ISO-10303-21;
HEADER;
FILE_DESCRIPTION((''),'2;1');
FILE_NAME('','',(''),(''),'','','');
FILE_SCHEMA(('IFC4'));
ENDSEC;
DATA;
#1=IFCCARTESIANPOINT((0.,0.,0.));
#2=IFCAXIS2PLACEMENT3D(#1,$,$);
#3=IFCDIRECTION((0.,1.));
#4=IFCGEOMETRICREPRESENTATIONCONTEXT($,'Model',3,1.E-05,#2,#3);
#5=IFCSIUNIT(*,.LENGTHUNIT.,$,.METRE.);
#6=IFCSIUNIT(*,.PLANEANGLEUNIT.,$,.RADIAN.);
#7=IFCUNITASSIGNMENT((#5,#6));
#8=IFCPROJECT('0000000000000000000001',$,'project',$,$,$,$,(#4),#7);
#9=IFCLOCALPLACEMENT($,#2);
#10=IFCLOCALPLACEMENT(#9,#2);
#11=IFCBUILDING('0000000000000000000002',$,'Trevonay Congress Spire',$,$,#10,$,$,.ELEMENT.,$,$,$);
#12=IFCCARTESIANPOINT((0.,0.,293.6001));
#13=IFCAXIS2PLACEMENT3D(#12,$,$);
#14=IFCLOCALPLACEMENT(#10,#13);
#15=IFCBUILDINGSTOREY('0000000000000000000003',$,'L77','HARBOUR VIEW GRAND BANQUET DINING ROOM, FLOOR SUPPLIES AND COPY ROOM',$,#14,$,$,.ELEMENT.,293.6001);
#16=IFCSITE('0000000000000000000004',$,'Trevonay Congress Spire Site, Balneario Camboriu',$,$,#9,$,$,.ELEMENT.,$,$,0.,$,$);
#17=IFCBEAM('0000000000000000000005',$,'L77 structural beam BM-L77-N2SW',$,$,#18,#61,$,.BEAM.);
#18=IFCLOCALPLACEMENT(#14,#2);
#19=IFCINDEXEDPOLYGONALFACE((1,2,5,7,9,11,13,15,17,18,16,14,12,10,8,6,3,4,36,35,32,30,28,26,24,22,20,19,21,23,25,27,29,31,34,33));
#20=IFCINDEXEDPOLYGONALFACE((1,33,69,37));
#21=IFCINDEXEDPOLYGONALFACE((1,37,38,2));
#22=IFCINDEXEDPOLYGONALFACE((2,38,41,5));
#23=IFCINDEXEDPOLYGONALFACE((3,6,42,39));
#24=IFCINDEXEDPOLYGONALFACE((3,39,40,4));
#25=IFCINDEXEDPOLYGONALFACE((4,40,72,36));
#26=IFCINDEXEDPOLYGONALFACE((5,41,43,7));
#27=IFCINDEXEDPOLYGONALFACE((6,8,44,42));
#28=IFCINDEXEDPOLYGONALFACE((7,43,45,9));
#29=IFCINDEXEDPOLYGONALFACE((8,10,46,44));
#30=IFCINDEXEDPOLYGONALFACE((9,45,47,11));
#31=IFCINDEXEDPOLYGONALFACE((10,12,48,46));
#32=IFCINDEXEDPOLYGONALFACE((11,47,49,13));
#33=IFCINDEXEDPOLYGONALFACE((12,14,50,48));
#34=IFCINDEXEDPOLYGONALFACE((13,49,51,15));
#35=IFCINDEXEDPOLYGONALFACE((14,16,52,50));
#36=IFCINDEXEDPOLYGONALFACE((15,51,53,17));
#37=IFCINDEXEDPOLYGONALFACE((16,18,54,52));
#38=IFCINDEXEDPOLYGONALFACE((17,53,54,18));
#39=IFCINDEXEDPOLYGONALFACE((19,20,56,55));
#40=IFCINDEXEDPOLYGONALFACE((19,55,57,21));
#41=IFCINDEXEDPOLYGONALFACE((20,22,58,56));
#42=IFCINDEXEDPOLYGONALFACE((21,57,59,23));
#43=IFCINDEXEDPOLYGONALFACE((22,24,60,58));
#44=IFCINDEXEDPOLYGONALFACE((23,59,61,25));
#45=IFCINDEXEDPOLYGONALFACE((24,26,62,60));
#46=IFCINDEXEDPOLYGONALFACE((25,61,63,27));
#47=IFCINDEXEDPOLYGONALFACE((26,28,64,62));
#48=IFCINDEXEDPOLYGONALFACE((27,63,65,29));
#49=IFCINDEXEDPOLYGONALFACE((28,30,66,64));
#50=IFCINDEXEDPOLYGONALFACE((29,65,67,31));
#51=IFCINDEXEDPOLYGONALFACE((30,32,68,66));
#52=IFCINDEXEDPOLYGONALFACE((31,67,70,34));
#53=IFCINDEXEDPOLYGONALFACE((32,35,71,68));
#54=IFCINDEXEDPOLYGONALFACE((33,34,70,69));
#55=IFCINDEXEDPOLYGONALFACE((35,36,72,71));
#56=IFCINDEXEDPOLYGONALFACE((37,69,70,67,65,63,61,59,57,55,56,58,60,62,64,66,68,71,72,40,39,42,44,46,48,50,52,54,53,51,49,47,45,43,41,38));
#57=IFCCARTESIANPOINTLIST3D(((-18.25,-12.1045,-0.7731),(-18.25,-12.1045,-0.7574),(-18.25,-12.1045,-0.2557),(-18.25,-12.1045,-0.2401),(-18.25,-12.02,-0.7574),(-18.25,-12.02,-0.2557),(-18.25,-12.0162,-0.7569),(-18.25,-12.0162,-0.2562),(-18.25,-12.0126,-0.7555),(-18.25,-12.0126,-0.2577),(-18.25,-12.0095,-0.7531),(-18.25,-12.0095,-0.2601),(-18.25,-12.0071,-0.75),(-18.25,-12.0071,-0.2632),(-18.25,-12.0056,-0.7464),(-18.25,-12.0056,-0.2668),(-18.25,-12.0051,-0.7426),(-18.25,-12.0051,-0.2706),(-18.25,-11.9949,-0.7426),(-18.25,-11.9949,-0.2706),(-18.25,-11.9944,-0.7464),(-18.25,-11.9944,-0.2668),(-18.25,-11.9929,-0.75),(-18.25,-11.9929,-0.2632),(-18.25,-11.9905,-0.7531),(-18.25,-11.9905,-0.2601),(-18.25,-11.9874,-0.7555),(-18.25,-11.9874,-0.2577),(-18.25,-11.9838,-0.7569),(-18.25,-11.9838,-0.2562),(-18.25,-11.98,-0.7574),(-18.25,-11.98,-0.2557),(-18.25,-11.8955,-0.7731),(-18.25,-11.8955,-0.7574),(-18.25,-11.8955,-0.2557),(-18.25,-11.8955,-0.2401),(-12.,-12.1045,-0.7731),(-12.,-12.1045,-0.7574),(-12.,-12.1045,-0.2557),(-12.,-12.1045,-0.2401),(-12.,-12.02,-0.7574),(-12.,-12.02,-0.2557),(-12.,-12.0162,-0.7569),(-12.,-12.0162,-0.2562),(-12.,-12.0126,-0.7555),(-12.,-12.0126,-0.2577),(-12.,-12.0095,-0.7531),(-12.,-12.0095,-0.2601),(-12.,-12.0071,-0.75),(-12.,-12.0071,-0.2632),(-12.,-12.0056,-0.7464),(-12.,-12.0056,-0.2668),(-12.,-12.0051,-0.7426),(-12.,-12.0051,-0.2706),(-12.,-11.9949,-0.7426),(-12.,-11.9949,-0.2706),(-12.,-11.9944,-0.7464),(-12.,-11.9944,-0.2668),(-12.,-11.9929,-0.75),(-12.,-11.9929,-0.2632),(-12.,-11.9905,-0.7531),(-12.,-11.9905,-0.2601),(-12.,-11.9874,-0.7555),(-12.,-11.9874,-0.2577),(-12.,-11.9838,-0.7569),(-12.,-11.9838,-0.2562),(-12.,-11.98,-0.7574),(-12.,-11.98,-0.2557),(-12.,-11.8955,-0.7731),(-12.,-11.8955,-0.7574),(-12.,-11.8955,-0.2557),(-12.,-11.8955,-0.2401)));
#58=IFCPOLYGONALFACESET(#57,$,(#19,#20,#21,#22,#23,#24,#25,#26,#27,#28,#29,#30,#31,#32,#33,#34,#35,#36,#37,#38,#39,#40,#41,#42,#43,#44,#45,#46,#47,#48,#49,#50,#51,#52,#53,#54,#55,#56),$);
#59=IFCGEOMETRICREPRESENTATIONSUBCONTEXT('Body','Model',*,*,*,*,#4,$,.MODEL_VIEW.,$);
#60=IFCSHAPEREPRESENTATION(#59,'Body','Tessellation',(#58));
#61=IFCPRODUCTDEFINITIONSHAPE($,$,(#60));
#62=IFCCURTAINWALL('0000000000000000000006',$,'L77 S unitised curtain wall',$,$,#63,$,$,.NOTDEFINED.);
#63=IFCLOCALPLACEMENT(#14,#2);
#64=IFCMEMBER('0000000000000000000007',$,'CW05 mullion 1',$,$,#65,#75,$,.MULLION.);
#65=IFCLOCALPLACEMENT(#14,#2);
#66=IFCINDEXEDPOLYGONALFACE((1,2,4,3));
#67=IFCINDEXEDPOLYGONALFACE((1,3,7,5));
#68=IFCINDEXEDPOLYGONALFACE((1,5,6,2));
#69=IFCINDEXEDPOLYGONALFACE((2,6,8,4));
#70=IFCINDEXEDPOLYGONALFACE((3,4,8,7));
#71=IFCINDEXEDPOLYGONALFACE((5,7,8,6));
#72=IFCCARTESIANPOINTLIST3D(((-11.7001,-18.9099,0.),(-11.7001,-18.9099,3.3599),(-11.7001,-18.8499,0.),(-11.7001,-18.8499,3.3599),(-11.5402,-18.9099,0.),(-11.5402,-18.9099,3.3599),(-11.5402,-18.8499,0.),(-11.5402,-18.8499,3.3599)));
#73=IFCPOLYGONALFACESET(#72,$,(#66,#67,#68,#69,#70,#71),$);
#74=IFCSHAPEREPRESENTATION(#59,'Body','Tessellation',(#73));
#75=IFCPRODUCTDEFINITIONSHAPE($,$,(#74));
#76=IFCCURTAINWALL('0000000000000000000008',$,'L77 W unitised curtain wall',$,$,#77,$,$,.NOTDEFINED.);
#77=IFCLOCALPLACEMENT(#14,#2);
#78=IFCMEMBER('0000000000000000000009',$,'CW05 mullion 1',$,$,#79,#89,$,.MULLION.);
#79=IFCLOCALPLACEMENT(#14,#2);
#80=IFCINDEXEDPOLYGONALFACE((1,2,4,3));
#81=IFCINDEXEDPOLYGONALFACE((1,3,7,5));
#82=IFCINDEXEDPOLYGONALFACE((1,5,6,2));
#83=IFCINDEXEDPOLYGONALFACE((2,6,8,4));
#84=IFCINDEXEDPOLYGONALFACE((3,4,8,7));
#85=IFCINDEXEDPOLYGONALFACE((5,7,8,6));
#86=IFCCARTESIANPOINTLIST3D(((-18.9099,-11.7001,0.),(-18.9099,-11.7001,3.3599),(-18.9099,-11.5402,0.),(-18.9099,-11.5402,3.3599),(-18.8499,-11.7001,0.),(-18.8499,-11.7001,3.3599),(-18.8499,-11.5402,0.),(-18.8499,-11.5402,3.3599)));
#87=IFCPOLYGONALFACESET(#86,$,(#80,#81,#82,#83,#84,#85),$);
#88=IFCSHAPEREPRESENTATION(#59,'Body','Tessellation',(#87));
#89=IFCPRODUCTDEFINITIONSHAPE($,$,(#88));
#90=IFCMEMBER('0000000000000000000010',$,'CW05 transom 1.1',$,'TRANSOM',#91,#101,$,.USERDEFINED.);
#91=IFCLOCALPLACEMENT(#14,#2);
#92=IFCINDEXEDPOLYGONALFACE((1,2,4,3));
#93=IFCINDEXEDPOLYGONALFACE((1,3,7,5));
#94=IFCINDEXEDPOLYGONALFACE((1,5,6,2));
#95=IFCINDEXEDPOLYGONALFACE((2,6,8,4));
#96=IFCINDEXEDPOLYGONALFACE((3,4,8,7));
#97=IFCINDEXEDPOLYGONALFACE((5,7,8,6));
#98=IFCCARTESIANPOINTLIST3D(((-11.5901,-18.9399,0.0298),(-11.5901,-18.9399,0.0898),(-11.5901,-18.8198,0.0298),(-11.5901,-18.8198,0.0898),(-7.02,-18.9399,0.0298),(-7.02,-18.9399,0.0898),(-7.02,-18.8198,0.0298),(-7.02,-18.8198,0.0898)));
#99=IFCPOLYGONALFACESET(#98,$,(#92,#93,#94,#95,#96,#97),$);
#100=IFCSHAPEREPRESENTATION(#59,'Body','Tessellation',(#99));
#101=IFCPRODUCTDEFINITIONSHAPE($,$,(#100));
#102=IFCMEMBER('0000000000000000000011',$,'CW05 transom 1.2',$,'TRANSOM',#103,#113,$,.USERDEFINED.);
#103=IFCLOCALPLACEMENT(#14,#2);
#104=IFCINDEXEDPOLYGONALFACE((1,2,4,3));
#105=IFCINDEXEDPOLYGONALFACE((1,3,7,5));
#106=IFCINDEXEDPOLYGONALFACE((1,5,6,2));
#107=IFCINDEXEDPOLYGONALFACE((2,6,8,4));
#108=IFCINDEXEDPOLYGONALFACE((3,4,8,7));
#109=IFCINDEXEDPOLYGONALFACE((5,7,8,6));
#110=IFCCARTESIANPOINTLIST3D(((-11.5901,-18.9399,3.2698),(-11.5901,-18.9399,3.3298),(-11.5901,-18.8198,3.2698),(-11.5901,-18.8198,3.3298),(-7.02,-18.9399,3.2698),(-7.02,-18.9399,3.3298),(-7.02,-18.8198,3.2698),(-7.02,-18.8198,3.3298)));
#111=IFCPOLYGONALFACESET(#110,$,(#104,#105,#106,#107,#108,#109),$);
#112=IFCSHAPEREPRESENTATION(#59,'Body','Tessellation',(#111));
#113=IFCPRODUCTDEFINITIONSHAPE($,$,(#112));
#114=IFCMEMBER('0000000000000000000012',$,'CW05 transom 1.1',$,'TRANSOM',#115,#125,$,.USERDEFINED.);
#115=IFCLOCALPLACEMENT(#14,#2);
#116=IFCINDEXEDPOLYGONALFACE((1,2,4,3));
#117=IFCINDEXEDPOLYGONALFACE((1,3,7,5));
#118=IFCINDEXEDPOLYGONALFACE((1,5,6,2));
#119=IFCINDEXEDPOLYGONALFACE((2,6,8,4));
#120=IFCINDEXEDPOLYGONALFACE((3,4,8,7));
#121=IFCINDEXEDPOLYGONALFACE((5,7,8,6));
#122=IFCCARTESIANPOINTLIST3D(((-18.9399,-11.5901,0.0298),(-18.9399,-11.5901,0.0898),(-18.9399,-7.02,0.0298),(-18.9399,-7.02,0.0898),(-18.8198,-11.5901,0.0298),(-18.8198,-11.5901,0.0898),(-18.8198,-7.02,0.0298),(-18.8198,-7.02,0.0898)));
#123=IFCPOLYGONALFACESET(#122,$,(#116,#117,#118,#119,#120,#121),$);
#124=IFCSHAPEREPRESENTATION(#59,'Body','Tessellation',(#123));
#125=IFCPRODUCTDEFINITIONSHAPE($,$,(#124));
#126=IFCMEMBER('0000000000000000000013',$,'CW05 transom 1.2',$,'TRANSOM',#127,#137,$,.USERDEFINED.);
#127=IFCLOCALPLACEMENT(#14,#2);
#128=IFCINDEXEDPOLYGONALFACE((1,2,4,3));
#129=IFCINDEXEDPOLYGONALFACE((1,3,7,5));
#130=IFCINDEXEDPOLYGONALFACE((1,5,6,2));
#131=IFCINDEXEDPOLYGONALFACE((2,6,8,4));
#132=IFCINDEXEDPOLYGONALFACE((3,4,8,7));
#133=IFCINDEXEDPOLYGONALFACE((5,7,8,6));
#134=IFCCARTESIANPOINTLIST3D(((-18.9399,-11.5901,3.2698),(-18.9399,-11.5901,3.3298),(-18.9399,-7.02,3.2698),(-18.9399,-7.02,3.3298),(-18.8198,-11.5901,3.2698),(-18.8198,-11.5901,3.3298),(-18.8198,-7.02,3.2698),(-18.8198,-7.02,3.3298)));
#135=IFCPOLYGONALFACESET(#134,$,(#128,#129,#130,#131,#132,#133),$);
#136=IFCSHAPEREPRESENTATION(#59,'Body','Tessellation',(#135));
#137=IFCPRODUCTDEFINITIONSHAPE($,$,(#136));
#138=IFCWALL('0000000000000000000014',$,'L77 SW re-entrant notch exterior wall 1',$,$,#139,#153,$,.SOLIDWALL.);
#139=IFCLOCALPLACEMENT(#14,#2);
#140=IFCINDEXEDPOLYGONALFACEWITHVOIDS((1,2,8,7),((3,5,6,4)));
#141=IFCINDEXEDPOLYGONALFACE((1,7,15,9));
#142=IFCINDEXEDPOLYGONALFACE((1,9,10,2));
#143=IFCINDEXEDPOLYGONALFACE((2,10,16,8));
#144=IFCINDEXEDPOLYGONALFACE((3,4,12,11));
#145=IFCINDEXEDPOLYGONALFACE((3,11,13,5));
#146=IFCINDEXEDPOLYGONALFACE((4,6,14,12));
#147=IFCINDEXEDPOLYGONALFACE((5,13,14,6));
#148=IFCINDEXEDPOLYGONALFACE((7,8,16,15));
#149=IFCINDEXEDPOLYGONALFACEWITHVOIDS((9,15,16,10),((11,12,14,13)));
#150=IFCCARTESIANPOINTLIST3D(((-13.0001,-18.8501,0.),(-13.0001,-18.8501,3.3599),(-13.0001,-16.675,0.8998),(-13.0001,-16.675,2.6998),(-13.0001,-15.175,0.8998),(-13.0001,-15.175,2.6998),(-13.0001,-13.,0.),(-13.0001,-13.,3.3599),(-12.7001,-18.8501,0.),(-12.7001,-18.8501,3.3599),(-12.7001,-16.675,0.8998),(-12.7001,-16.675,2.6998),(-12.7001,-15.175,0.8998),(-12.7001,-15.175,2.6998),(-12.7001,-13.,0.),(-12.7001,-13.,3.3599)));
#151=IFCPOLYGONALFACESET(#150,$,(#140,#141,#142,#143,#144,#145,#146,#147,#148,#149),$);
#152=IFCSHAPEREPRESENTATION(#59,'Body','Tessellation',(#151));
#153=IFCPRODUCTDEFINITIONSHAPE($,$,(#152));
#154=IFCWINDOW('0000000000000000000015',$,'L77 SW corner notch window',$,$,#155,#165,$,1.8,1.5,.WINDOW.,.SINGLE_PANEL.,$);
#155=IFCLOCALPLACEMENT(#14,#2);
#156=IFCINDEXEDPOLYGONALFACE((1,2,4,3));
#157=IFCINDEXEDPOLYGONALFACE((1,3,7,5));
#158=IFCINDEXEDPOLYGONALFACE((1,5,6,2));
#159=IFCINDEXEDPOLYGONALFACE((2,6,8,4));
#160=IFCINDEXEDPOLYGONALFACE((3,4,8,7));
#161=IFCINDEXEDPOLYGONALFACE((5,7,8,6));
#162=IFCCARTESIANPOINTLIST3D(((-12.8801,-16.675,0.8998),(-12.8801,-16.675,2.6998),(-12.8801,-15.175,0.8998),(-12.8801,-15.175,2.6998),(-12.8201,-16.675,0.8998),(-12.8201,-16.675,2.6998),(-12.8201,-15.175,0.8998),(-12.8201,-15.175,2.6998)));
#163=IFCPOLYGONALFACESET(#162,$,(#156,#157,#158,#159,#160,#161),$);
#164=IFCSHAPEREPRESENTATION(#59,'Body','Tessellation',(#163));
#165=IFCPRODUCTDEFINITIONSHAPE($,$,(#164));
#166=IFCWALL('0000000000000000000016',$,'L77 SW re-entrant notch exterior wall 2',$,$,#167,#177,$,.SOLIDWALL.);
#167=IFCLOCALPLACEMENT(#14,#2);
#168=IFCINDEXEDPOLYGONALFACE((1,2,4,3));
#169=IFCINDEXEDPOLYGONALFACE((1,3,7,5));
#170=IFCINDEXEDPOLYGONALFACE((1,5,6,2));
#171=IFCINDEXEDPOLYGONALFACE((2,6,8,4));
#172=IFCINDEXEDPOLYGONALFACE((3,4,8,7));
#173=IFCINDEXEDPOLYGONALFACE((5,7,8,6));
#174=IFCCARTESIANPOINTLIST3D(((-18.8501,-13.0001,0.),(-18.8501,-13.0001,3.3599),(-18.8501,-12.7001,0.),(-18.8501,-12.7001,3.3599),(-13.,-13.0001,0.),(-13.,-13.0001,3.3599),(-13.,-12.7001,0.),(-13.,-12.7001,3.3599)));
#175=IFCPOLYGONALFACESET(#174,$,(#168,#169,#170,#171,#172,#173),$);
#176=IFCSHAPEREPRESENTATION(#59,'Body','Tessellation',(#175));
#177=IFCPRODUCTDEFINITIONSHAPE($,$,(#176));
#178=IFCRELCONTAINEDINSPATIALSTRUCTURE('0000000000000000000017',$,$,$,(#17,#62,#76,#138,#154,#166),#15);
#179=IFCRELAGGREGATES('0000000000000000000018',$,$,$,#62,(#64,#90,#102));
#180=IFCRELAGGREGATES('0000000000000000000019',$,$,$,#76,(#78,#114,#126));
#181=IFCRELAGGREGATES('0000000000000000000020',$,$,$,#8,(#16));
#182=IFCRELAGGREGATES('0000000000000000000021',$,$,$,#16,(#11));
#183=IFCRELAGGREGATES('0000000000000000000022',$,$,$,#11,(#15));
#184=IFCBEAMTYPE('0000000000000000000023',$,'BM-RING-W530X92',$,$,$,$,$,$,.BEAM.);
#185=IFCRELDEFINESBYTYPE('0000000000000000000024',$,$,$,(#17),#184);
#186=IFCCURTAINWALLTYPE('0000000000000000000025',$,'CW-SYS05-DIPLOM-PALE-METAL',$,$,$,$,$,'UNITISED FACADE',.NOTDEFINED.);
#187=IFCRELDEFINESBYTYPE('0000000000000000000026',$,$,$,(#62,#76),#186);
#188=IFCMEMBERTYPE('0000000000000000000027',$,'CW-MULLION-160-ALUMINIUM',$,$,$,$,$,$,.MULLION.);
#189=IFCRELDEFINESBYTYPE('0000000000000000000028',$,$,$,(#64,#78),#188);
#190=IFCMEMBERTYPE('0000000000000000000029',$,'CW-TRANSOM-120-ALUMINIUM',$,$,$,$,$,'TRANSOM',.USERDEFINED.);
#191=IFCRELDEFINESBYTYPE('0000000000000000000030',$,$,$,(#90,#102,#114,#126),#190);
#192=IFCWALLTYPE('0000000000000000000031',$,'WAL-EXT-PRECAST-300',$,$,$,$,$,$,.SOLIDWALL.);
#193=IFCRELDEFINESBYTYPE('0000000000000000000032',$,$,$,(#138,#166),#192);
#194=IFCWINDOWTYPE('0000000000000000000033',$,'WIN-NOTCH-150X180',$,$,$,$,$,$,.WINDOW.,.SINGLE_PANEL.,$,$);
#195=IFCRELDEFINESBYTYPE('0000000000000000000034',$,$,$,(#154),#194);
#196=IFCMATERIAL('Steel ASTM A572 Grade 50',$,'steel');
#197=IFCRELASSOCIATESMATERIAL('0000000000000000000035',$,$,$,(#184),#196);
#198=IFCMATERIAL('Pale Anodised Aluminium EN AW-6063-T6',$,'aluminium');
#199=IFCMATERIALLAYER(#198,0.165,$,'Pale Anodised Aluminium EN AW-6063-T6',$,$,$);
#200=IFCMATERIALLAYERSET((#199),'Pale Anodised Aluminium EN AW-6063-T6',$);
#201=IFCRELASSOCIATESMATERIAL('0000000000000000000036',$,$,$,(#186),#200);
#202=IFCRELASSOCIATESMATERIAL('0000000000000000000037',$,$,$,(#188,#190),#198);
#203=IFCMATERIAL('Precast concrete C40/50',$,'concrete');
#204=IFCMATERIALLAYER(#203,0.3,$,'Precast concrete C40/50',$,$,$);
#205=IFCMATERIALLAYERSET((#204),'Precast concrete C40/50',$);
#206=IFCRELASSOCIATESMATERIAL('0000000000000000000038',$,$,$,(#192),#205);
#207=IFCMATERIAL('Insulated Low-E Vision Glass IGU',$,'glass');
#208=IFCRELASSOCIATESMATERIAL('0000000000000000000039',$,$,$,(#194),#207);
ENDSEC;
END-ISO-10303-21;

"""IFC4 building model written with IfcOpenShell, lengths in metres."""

from ifc_helpers import new_model, si_unit, direction, frame, frame_2d, origin, origin_2d, place, context, subcontext, project, spatial, rectangle, i_section, extrude, material, layer, layer_set, material_profile, profile_set, type_object, element, fill, aggregate, save


model = new_model("IFC4")

# Units and contexts
model_context = context("Model", 3, precision=1e-05, world=origin(), true_north=direction((0.0, 1.0)))
body_context = subcontext(model_context, "Body", "Model", "MODEL_VIEW")
ifc_project = project(units=[si_unit("LENGTHUNIT", "METRE"), si_unit("PLANEANGLEUNIT", "RADIAN")], contexts=[model_context])

# Site, building, storey
site_placement = place(None, origin())
site = spatial("IfcSite", under=ifc_project, at=site_placement, Name="Trevonay Congress Spire Site, Balneario Camboriu", CompositionType="ELEMENT", RefElevation=0.0)
building_placement = place(site_placement, origin())
building = spatial("IfcBuilding", under=site, at=building_placement, Name="Trevonay Congress Spire", CompositionType="ELEMENT")
storey_placement = place(building_placement, frame((0.0, 0.0, 293.6001)))
storey = spatial("IfcBuildingStorey", under=building, at=storey_placement, Name="L77", Description="HARBOUR VIEW GRAND BANQUET DINING ROOM, FLOOR SUPPLIES AND COPY ROOM", CompositionType="ELEMENT", Elevation=293.6001)

# Shared definitions
ifc_material_1 = material(Name="Steel ASTM A572 Grade 50", Category="steel")

# Beam
ifc_material_profile_1 = material_profile(ifc_material_1, i_section(OverallWidth=0.209, OverallDepth=0.533, WebThickness=0.0103, FlangeThickness=0.0156, FilletRadius=0.0149, at=origin_2d()), Name="W530x92")
ifc_profile_set_1 = profile_set([ifc_material_profile_1], Name="Steel ASTM A572 Grade 50")
beam_type = type_object("IfcBeamType", Name="BM-RING-W530X92", PredefinedType="BEAM", material=ifc_profile_set_1)
for number, where, z_axis, x_axis, name in (
    (1, (-18.25, -12.0, -0.5066), (1.0, 0.0, 0.0), (0.0, 1.0, 0.0), "L77 structural beam BM-L77-N2SW"),
):
    element("IfcBeam", number, at=place(storey_placement, frame(where, z_axis=z_axis, x_axis=x_axis)), inside=storey, type_object=beam_type, Name=name, PredefinedType="BEAM", context=body_context, shape_type="SweptSolid", body=[
        extrude(i_section(OverallWidth=0.209, OverallDepth=0.533, WebThickness=0.0103, FlangeThickness=0.0156, FilletRadius=0.0149, at=origin_2d()), origin(), (0.0, 0.0, 1.0), 6.25),
    ])

# Curtain walls, members
ifc_material_2 = material(Name="Pale Anodised Aluminium EN AW-6063-T6", Category="aluminium")
ifc_layer_1 = layer(ifc_material_2, 0.165, Name="Pale Anodised Aluminium EN AW-6063-T6")
ifc_layer_set_1 = layer_set([ifc_layer_1], Name="Pale Anodised Aluminium EN AW-6063-T6")
curtain_wall_type = type_object("IfcCurtainWallType", Name="CW-SYS05-DIPLOM-PALE-METAL", ElementType="UNITISED FACADE", PredefinedType="NOTDEFINED", material=ifc_layer_set_1)
curtain_wall_1_placement = place(storey_placement, origin())
curtain_wall_1 = element("IfcCurtainWall", 2, at=curtain_wall_1_placement, inside=storey, type_object=curtain_wall_type, Name="L77 S unitised curtain wall", PredefinedType="NOTDEFINED")
ifc_material_profile_2 = material_profile(ifc_material_2, rectangle(XDim=0.0601, YDim=0.1599, at=origin_2d()), Name="CW-MULLION-160-ALUMINIUM")
ifc_profile_set_2 = profile_set([ifc_material_profile_2], Name="Pale Anodised Aluminium EN AW-6063-T6")
member_type_1 = type_object("IfcMemberType", Name="CW-MULLION-160-ALUMINIUM", PredefinedType="MULLION", material=ifc_profile_set_2)
member_1_placement = place(storey_placement, frame((-11.6201, -18.8799, 0.0), z_axis=(0.0, 0.0, 1.0), x_axis=(0.0, 1.0, 0.0)))
member_1 = element("IfcMember", 3, at=member_1_placement, type_object=member_type_1, Name="CW05 mullion 1", PredefinedType="MULLION", context=body_context, shape_type="SweptSolid", body=[
    extrude(rectangle(XDim=0.0601, YDim=0.1599, at=origin_2d()), origin(), (0.0, 0.0, 1.0), 3.3599),
])
curtain_wall_2_placement = place(storey_placement, origin())
curtain_wall_2 = element("IfcCurtainWall", 4, at=curtain_wall_2_placement, inside=storey, type_object=curtain_wall_type, Name="L77 W unitised curtain wall", PredefinedType="NOTDEFINED")
member_2_placement = place(storey_placement, frame((-18.8799, -11.6201, 0.0), z_axis=(0.0, 0.0, 1.0), x_axis=(-1.0, 0.0, 0.0)))
member_2 = element("IfcMember", 5, at=member_2_placement, type_object=member_type_1, Name="CW05 mullion 1", PredefinedType="MULLION", context=body_context, shape_type="SweptSolid", body=[
    extrude(rectangle(XDim=0.0601, YDim=0.1599, at=origin_2d()), origin(), (0.0, 0.0, 1.0), 3.3599),
])

# Members
ifc_material_profile_3 = material_profile(ifc_material_2, rectangle(XDim=0.1201, YDim=0.0601, at=origin_2d()), Name="CW-TRANSOM-120-ALUMINIUM")
ifc_profile_set_3 = profile_set([ifc_material_profile_3], Name="Pale Anodised Aluminium EN AW-6063-T6")
member_type_2 = type_object("IfcMemberType", Name="CW-TRANSOM-120-ALUMINIUM", ElementType="TRANSOM", PredefinedType="USERDEFINED", material=ifc_profile_set_3)
member_3_placement = place(storey_placement, frame((-11.5901, -18.8799, 0.0598), z_axis=(1.0, 0.0, 0.0), x_axis=(0.0, 1.0, 0.0)))
member_3 = element("IfcMember", 6, at=member_3_placement, type_object=member_type_2, Name="CW05 transom 1.1", ObjectType="TRANSOM", PredefinedType="USERDEFINED", context=body_context, shape_type="SweptSolid", body=[
    extrude(rectangle(XDim=0.1201, YDim=0.0601, at=origin_2d()), origin(), (0.0, 0.0, 1.0), 4.5701),
])
member_4_placement = place(storey_placement, frame((-11.5901, -18.8799, 3.2998), z_axis=(1.0, 0.0, 0.0), x_axis=(0.0, 1.0, 0.0)))
member_4 = element("IfcMember", 7, at=member_4_placement, type_object=member_type_2, Name="CW05 transom 1.2", ObjectType="TRANSOM", PredefinedType="USERDEFINED", context=body_context, shape_type="SweptSolid", body=[
    extrude(rectangle(XDim=0.1201, YDim=0.0601, at=origin_2d()), origin(), (0.0, 0.0, 1.0), 4.5701),
])
aggregate(curtain_wall_1, [member_1, member_3, member_4])
member_5_placement = place(storey_placement, frame((-18.8799, -11.5901, 0.0598), z_axis=(0.0, 1.0, 0.0), x_axis=(-1.0, 0.0, 0.0)))
member_5 = element("IfcMember", 8, at=member_5_placement, type_object=member_type_2, Name="CW05 transom 1.1", ObjectType="TRANSOM", PredefinedType="USERDEFINED", context=body_context, shape_type="SweptSolid", body=[
    extrude(rectangle(XDim=0.1201, YDim=0.0601, at=origin_2d()), origin(), (0.0, 0.0, 1.0), 4.5701),
])
member_6_placement = place(storey_placement, frame((-18.8799, -11.5901, 3.2998), z_axis=(0.0, 1.0, 0.0), x_axis=(-1.0, 0.0, 0.0)))
member_6 = element("IfcMember", 9, at=member_6_placement, type_object=member_type_2, Name="CW05 transom 1.2", ObjectType="TRANSOM", PredefinedType="USERDEFINED", context=body_context, shape_type="SweptSolid", body=[
    extrude(rectangle(XDim=0.1201, YDim=0.0601, at=origin_2d()), origin(), (0.0, 0.0, 1.0), 4.5701),
])
aggregate(curtain_wall_2, [member_2, member_5, member_6])

# Wall, opening, window
ifc_material_3 = material(Name="Precast concrete C40/50", Category="concrete")
ifc_layer_2 = layer(ifc_material_3, 0.3, Name="Precast concrete C40/50")
ifc_layer_set_2 = layer_set([ifc_layer_2], Name="Precast concrete C40/50")
wall_type_1 = type_object("IfcWallType", Name="WAL-EXT-PRECAST-300", PredefinedType="SOLIDWALL", material=ifc_layer_set_2)
wall_1_placement = place(storey_placement, frame((-12.8501, -18.8501, 0.0), z_axis=(0.0, 0.0, 1.0), x_axis=(0.0, 1.0, 0.0)))
wall_1 = element("IfcWall", 10, at=wall_1_placement, inside=storey, type_object=wall_type_1, Name="L77 SW re-entrant notch exterior wall 1", PredefinedType="SOLIDWALL", context=body_context, shape_type="SweptSolid", body=[
    extrude(rectangle(XDim=5.8501, YDim=0.3, at=frame_2d((2.925, 0.0))), origin(), (0.0, 0.0, 1.0), 3.3599),
])
opening_placement = place(wall_1_placement, frame((2.175, 0.0, 0.8999)))
opening = element("IfcOpeningElement", 11, at=opening_placement, cuts=wall_1, PredefinedType="OPENING", context=body_context, shape_type="SweptSolid", body=[
    extrude(rectangle(XDim=1.5, YDim=1.8, at=frame_2d((0.75, 0.8999))), frame((0.0, 0.1602, 0.0), z_axis=(0.0, -1.0, 0.0), x_axis=(1.0, 0.0, 0.0)), (0.0, 0.0, 1.0), 0.3201),
])
ifc_material_4 = material(Name="Insulated Low-E Vision Glass IGU", Category="glass")
window_type = type_object("IfcWindowType", Name="WIN-NOTCH-150X180", PartitioningType="SINGLE_PANEL", PredefinedType="WINDOW", material=ifc_material_4)
window_placement = place(opening_placement, origin())
window = element("IfcWindow", 12, at=window_placement, inside=storey, type_object=window_type, Name="L77 SW corner notch window", OverallHeight=1.8, OverallWidth=1.5, PartitioningType="SINGLE_PANEL", PredefinedType="WINDOW", context=body_context, shape_type="SweptSolid", body=[
    extrude(rectangle(XDim=1.5, YDim=1.8, at=frame_2d((0.75, 0.8999))), frame((0.0, 0.03, 0.0), z_axis=(0.0, -1.0, 0.0), x_axis=(1.0, 0.0, 0.0)), (0.0, 0.0, 1.0), 0.0601),
])
fill(opening, window)

# Wall
wall_2_placement = place(storey_placement, frame((-18.8501, -12.8501, 0.0), z_axis=(0.0, 0.0, 1.0), x_axis=(1.0, 0.0, 0.0)))
element("IfcWall", 13, at=wall_2_placement, inside=storey, type_object=wall_type_1, Name="L77 SW re-entrant notch exterior wall 2", PredefinedType="SOLIDWALL", context=body_context, shape_type="SweptSolid", body=[
    extrude(rectangle(XDim=5.8501, YDim=0.3, at=frame_2d((2.925, 0.0))), origin(), (0.0, 0.0, 1.0), 3.3599),
])

save(model, "model.ifc")
